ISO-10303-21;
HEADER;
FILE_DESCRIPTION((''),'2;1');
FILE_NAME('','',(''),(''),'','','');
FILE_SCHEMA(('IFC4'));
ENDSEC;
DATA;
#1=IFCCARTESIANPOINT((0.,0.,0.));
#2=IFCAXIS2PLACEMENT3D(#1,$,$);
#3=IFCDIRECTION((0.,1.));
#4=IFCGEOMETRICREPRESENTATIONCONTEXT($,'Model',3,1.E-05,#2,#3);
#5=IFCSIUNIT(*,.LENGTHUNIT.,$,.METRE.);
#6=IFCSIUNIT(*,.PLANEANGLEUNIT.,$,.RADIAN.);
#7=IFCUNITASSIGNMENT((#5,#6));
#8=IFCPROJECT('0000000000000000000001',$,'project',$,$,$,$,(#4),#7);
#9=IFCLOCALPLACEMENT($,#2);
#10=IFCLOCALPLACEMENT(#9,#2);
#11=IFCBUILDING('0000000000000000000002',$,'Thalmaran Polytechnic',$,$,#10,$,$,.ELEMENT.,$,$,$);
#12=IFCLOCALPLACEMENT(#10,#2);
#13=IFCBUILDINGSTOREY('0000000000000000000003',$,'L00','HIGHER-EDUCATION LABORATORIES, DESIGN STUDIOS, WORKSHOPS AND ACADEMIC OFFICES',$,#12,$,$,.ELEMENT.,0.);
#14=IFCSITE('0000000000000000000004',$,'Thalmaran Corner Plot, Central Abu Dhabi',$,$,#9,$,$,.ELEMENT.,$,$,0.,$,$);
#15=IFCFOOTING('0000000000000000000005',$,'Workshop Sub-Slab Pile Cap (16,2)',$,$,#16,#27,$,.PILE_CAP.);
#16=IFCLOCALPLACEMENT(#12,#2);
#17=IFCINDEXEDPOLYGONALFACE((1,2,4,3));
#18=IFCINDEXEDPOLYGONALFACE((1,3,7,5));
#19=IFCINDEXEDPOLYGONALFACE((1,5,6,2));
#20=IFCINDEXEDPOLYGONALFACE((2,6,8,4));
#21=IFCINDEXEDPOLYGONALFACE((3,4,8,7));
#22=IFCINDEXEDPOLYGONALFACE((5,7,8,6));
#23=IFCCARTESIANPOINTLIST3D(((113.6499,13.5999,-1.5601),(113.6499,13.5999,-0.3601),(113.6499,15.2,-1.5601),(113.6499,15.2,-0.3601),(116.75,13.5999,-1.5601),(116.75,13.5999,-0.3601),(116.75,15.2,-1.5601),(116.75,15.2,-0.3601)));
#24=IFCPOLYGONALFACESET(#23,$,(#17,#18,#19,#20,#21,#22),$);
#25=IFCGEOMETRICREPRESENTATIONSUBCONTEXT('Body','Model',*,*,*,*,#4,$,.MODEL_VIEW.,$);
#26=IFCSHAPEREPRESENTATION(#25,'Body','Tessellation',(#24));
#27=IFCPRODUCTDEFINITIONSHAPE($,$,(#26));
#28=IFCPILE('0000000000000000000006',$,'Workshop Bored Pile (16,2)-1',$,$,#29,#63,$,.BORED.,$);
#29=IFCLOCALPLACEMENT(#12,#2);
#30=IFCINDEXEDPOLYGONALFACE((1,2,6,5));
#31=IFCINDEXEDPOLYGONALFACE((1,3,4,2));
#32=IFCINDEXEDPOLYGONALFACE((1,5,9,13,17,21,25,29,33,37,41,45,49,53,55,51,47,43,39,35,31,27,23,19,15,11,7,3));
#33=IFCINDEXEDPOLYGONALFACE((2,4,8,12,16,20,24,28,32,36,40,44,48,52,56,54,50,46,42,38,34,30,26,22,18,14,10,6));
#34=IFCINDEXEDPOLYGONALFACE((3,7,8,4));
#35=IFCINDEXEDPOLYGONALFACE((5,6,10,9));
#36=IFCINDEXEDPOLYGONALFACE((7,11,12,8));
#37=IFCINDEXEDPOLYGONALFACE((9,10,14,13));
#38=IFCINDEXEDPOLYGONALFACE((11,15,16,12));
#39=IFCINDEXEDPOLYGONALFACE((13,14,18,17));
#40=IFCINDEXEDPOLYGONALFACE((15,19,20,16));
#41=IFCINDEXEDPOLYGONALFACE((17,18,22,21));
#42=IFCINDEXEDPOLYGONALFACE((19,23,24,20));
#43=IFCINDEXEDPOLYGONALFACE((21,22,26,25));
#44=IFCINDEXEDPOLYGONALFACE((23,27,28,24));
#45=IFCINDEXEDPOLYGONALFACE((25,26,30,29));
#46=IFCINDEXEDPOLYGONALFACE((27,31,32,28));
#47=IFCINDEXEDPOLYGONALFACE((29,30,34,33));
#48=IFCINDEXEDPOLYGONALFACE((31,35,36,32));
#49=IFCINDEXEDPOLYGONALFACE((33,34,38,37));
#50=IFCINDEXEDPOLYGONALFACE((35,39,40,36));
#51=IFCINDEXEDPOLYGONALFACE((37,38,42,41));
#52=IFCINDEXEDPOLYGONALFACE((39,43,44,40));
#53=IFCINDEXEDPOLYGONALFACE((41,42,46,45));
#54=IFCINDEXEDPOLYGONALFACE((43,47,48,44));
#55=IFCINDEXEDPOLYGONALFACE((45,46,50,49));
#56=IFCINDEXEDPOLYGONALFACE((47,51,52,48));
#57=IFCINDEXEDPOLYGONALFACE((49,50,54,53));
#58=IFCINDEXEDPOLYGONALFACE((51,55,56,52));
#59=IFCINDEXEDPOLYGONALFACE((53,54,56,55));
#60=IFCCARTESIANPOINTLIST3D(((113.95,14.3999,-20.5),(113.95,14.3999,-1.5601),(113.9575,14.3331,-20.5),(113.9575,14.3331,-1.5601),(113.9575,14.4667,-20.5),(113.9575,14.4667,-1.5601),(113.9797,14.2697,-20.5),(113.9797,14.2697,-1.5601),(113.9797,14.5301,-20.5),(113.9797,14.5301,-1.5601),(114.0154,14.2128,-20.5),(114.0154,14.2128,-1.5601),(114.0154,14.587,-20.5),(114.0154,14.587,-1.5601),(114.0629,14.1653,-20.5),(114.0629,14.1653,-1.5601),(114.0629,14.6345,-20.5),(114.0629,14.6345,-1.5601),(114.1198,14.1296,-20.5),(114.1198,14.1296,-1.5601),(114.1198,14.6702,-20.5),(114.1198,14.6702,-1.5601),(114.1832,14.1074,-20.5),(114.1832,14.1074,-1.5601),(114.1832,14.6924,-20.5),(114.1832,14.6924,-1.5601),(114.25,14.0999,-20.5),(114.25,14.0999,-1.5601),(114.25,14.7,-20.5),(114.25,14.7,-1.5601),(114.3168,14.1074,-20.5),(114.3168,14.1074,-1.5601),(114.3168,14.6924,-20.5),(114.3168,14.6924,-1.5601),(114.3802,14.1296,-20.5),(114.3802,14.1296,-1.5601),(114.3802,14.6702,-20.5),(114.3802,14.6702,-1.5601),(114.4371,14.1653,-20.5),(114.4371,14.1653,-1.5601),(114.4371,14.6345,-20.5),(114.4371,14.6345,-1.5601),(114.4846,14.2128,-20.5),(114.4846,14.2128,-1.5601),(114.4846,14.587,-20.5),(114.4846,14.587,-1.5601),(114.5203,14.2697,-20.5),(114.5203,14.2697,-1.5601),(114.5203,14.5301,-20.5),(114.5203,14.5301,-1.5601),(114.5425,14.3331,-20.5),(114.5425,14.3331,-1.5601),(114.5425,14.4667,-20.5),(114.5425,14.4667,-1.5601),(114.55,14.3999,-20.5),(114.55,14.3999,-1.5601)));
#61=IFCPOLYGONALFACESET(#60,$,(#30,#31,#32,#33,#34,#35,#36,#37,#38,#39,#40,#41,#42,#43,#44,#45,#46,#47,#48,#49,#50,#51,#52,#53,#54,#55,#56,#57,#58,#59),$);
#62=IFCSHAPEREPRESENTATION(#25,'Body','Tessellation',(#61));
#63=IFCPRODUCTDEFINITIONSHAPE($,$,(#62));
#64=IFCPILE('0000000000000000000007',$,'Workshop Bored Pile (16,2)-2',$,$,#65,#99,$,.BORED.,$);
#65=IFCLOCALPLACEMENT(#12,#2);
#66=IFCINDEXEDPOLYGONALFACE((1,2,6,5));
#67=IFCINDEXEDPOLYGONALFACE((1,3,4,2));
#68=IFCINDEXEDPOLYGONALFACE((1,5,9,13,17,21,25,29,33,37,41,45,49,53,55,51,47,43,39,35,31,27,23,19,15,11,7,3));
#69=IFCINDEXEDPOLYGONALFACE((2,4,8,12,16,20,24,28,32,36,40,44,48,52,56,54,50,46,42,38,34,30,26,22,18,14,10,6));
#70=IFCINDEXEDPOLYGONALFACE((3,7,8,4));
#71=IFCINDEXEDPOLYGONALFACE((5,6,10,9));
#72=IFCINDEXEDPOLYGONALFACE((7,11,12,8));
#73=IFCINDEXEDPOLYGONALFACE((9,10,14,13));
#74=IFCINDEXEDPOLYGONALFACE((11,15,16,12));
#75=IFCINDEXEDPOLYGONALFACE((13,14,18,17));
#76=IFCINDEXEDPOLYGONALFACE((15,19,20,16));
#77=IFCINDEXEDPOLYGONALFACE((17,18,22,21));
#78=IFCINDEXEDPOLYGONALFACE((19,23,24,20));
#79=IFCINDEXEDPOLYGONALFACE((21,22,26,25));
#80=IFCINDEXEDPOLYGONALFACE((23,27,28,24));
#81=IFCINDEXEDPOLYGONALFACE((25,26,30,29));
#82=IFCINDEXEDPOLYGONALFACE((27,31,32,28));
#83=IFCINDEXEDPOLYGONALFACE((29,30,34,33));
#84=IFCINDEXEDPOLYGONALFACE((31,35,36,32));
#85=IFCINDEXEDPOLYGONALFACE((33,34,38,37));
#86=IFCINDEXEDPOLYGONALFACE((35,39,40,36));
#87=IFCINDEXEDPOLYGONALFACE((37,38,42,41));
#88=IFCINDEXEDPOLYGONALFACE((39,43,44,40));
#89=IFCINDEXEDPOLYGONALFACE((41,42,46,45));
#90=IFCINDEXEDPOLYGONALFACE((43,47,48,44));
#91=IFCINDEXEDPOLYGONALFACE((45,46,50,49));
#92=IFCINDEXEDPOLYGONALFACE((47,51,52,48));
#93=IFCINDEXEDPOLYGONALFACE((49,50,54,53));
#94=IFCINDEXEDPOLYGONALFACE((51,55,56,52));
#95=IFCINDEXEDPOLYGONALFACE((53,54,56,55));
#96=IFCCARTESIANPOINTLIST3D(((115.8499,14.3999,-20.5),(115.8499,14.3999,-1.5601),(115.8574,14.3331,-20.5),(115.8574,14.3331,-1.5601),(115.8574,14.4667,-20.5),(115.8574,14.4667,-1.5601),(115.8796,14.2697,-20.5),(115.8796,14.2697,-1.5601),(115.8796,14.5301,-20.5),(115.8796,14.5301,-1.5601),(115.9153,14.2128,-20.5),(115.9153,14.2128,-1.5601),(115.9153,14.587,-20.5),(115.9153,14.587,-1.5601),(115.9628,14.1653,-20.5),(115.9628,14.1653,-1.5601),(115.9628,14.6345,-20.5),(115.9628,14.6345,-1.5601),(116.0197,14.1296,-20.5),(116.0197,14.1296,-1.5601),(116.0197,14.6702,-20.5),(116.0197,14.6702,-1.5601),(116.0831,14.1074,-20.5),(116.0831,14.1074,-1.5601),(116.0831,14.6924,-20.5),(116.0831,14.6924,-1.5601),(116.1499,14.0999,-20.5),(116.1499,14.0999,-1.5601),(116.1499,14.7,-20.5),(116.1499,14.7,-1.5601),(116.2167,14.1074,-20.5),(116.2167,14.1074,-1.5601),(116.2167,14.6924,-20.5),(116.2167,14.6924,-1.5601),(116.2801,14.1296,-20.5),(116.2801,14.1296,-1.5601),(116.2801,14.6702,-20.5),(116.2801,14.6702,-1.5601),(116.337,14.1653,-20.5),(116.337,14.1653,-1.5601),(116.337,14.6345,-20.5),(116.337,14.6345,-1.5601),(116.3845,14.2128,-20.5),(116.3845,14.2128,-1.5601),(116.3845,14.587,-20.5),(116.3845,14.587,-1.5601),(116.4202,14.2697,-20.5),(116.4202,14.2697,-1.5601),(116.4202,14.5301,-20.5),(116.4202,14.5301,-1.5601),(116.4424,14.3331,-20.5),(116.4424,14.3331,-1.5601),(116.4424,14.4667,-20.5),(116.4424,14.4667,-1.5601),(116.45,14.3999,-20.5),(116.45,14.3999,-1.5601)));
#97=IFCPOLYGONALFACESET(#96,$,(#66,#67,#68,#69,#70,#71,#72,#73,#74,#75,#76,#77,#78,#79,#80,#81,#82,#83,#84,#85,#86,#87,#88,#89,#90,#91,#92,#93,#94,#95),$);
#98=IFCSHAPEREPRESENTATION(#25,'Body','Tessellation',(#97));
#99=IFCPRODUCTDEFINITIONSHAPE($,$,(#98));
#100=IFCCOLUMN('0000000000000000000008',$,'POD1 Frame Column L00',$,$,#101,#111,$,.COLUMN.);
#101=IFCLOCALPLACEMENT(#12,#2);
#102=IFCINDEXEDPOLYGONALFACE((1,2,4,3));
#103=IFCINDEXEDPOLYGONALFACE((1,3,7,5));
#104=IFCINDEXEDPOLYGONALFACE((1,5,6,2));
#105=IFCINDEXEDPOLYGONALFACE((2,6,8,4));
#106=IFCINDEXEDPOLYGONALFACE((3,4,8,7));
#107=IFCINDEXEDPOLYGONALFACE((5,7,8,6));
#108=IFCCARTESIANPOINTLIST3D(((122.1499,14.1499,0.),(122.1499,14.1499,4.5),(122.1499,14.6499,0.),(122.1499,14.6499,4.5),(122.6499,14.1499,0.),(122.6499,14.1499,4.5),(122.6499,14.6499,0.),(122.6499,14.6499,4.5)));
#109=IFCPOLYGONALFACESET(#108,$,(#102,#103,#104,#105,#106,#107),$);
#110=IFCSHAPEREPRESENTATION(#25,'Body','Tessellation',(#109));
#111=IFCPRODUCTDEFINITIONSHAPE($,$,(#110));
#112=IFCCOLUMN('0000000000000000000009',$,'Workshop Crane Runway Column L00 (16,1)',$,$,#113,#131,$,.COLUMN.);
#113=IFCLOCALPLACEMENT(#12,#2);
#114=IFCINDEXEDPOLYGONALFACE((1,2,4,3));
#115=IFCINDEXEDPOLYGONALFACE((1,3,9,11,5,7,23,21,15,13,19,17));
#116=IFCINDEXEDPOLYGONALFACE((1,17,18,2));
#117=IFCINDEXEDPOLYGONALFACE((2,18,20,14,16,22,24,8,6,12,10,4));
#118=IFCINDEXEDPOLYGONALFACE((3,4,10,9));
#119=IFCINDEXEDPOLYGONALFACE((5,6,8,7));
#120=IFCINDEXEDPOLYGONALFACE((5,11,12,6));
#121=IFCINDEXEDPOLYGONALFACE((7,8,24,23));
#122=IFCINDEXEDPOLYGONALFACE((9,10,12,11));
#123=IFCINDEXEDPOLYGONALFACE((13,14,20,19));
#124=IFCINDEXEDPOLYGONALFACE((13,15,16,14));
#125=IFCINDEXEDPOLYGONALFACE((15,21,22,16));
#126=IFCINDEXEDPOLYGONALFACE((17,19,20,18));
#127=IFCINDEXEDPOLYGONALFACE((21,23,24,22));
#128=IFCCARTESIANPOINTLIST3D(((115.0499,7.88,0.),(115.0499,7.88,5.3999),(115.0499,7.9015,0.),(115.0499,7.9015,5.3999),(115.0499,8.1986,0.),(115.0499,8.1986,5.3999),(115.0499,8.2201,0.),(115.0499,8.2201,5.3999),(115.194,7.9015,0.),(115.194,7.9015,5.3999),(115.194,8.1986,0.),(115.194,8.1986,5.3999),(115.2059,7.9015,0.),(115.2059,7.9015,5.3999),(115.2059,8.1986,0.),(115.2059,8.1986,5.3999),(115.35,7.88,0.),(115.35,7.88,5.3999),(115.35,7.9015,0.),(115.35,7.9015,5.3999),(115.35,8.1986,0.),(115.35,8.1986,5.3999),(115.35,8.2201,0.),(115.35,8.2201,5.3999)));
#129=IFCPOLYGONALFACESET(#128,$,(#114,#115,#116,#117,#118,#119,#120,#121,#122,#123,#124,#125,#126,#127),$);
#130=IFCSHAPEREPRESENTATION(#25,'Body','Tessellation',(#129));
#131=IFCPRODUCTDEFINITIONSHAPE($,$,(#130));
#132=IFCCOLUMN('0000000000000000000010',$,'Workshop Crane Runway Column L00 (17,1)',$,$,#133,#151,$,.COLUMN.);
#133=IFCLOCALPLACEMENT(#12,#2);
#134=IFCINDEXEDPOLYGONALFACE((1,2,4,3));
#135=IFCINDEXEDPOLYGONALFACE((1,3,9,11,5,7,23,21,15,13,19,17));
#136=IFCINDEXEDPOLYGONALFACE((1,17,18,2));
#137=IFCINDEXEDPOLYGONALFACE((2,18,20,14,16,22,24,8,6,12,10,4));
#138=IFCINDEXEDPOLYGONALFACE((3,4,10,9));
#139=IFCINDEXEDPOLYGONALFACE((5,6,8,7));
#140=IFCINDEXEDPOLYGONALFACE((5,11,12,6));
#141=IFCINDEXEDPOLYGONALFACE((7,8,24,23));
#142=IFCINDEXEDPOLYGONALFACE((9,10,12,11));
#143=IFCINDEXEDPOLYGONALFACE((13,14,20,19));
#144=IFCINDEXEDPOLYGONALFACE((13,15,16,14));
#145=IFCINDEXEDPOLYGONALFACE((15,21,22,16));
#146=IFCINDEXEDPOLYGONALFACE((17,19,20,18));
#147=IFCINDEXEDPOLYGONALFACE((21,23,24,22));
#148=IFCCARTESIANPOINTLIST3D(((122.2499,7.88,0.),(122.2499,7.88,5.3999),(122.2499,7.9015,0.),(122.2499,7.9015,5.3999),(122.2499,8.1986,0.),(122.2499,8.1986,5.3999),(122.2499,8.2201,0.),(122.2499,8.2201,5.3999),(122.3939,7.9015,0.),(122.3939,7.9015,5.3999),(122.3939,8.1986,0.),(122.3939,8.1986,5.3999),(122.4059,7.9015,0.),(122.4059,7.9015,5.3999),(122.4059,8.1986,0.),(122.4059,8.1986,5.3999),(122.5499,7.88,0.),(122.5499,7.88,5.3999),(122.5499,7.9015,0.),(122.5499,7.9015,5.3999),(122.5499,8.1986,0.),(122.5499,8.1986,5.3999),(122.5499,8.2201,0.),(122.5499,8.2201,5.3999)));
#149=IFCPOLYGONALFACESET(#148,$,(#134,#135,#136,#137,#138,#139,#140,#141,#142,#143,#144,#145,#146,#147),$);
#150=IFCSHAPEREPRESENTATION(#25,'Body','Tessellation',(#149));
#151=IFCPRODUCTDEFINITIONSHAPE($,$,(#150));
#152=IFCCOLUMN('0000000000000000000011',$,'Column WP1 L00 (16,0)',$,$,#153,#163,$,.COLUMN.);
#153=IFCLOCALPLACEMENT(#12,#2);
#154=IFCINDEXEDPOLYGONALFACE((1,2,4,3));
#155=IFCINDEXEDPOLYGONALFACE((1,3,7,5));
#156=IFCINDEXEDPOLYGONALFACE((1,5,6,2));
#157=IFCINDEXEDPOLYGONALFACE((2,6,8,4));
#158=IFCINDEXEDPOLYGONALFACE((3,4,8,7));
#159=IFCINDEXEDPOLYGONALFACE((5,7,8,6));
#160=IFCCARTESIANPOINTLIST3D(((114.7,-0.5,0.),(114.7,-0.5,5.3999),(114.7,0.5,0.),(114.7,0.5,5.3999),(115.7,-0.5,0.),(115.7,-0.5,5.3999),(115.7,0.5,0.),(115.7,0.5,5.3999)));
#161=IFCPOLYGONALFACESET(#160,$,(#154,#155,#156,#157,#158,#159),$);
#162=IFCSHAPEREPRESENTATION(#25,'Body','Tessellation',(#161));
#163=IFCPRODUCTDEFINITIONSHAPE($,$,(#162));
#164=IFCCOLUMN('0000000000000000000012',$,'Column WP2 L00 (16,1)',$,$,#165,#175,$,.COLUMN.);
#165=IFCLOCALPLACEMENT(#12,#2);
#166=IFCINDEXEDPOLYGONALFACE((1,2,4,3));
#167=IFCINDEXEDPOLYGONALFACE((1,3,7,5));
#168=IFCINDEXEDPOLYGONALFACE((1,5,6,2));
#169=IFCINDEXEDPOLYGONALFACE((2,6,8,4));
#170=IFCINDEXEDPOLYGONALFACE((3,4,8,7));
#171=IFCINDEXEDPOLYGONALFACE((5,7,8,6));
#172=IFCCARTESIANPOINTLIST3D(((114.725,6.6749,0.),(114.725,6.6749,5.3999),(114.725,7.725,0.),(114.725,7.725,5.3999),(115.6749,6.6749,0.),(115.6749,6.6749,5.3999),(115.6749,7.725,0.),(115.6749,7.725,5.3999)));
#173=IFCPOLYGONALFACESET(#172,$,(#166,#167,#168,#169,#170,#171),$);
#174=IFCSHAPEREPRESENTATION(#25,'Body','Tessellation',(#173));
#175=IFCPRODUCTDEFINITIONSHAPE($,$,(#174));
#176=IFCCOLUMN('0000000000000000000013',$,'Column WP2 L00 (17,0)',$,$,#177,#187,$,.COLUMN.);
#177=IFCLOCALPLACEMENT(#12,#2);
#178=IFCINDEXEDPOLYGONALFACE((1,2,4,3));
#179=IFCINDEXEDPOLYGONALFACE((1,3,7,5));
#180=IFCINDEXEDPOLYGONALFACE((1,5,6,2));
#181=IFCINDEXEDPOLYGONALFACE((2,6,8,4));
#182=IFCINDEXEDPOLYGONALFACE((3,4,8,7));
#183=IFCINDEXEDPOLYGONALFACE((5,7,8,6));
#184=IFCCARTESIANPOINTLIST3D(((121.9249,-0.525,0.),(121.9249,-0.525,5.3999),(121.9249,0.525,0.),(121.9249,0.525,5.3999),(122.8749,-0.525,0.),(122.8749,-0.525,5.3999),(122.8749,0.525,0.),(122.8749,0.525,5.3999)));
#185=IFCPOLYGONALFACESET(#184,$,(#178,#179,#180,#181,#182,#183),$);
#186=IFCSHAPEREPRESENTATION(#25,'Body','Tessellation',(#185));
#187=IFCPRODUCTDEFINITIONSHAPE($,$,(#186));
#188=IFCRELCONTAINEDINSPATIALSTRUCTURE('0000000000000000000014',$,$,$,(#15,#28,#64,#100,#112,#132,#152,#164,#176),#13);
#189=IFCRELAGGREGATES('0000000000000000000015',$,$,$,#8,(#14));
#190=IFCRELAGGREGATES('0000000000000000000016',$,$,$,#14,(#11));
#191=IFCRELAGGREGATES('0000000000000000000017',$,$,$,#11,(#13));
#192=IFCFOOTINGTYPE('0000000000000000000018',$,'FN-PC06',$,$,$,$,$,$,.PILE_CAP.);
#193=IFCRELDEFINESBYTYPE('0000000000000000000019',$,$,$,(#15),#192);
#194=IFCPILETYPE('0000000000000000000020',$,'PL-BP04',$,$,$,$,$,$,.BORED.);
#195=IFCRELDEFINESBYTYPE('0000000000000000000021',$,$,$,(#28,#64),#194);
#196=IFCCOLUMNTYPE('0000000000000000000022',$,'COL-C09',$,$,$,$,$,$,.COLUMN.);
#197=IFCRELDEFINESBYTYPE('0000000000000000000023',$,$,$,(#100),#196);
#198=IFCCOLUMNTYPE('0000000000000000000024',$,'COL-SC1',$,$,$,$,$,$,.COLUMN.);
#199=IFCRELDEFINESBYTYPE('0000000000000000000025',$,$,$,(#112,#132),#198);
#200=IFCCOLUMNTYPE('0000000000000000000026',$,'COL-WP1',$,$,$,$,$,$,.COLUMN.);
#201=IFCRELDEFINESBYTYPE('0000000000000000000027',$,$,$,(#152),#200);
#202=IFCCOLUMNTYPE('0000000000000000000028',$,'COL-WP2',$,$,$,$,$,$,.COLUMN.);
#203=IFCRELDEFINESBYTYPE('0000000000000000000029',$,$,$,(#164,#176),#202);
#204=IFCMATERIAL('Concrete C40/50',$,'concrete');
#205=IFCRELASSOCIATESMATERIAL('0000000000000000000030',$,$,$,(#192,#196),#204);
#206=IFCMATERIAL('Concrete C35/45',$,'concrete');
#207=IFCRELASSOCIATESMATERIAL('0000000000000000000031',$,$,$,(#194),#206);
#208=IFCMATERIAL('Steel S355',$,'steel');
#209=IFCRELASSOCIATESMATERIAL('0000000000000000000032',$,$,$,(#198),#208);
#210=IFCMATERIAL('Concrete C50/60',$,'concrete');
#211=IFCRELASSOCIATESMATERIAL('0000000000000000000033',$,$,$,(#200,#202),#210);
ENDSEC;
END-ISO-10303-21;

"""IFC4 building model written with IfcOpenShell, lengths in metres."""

from ifc_helpers import new_model, si_unit, direction, frame, origin, origin_2d, place, context, subcontext, project, spatial, rectangle, circle, i_section, extrude, material, material_profile, profile_set, type_object, element, save


model = new_model("IFC4")

# Units and contexts
model_context = context("Model", 3, precision=1e-05, world=origin(), true_north=direction((0.0, 1.0)))
body_context = subcontext(model_context, "Body", "Model", "MODEL_VIEW")
ifc_project = project(units=[si_unit("LENGTHUNIT", "METRE"), si_unit("PLANEANGLEUNIT", "RADIAN")], contexts=[model_context])

# Site, building, storey
site_placement = place(None, origin())
site = spatial("IfcSite", under=ifc_project, at=site_placement, Name="Thalmaran Corner Plot, Central Abu Dhabi", CompositionType="ELEMENT", RefElevation=0.0)
building_placement = place(site_placement, origin())
building = spatial("IfcBuilding", under=site, at=building_placement, Name="Thalmaran Polytechnic", CompositionType="ELEMENT")
storey_placement = place(building_placement, origin())
storey = spatial("IfcBuildingStorey", under=building, at=storey_placement, Name="L00", Description="HIGHER-EDUCATION LABORATORIES, DESIGN STUDIOS, WORKSHOPS AND ACADEMIC OFFICES", CompositionType="ELEMENT", Elevation=0.0)

# Footing
ifc_material_1 = material(Name="Concrete C40/50", Category="concrete")
footing_type = type_object("IfcFootingType", Name="FN-PC06", PredefinedType="PILE_CAP", material=ifc_material_1)
footing_placement = place(storey_placement, frame((115.2, 14.3999, -1.5601), z_axis=(0.0, 0.0, 1.0), x_axis=(1.0, 0.0, 0.0)))
element("IfcFooting", 1, at=footing_placement, inside=storey, type_object=footing_type, Name="Workshop Sub-Slab Pile Cap (16,2)", PredefinedType="PILE_CAP", context=body_context, shape_type="SweptSolid", body=[
    extrude(rectangle(XDim=3.1001, YDim=1.6001, at=origin_2d()), origin(), (0.0, 0.0, 1.0), 1.2),
])

# Piles
ifc_material_2 = material(Name="Concrete C35/45", Category="concrete")
ifc_material_profile_1 = material_profile(ifc_material_2, circle(Radius=0.3, at=origin_2d()), Name="RC 600 DIA")
ifc_profile_set_1 = profile_set([ifc_material_profile_1], Name="Concrete C35/45")
pile_type = type_object("IfcPileType", Name="PL-BP04", PredefinedType="BORED", material=ifc_profile_set_1)
for number, where, z_axis, x_axis, name in (
    (2, (114.25, 14.3999, -1.5601), (0.0, 0.0, -1.0), (1.0, 0.0, 0.0), "Workshop Bored Pile (16,2)-1"),
    (3, (116.1499, 14.3999, -1.5601), (0.0, 0.0, -1.0), (1.0, 0.0, 0.0), "Workshop Bored Pile (16,2)-2"),
):
    element("IfcPile", number, at=place(storey_placement, frame(where, z_axis=z_axis, x_axis=x_axis)), inside=storey, type_object=pile_type, Name=name, PredefinedType="BORED", context=body_context, shape_type="SweptSolid", body=[
        extrude(circle(Radius=0.3, at=origin_2d()), origin(), (0.0, 0.0, 1.0), 18.9399),
    ])

# Columns
ifc_material_profile_2 = material_profile(ifc_material_1, rectangle(XDim=0.5, YDim=0.5, at=origin_2d()), Name="RC 500x500")
ifc_profile_set_2 = profile_set([ifc_material_profile_2], Name="Concrete C40/50")
column_type_1 = type_object("IfcColumnType", Name="COL-C09", PredefinedType="COLUMN", material=ifc_profile_set_2)
column_1_placement = place(storey_placement, frame((122.3999, 14.3999, 0.0), z_axis=(0.0, 0.0, 1.0), x_axis=(1.0, 0.0, 0.0)))
element("IfcColumn", 4, at=column_1_placement, inside=storey, type_object=column_type_1, Name="POD1 Frame Column L00", PredefinedType="COLUMN", context=body_context, shape_type="SweptSolid", body=[
    extrude(rectangle(XDim=0.5, YDim=0.5, at=origin_2d()), origin(), (0.0, 0.0, 1.0), 4.5),
])
ifc_material_3 = material(Name="Steel S355", Category="steel")
ifc_material_profile_3 = material_profile(ifc_material_3, i_section(OverallWidth=0.3, OverallDepth=0.3401, WebThickness=0.012, FlangeThickness=0.0215, at=origin_2d()), Name="HEB 340")
ifc_profile_set_3 = profile_set([ifc_material_profile_3], Name="Steel S355")
column_type_2 = type_object("IfcColumnType", Name="COL-SC1", PredefinedType="COLUMN", material=ifc_profile_set_3)
for number, where, z_axis, x_axis, name in (
    (5, (115.2, 8.05, 0.0), (0.0, 0.0, 1.0), (1.0, 0.0, 0.0), "Workshop Crane Runway Column L00 (16,1)"),
    (6, (122.3999, 8.05, 0.0), (0.0, 0.0, 1.0), (1.0, 0.0, 0.0), "Workshop Crane Runway Column L00 (17,1)"),
):
    element("IfcColumn", number, at=place(storey_placement, frame(where, z_axis=z_axis, x_axis=x_axis)), inside=storey, type_object=column_type_2, Name=name, PredefinedType="COLUMN", context=body_context, shape_type="SweptSolid", body=[
        extrude(i_section(OverallWidth=0.3, OverallDepth=0.3401, WebThickness=0.012, FlangeThickness=0.0215, at=origin_2d()), origin(), (0.0, 0.0, 1.0), 5.3999),
    ])
ifc_material_4 = material(Name="Concrete C50/60", Category="concrete")
ifc_material_profile_4 = material_profile(ifc_material_4, rectangle(XDim=1.0, YDim=1.0, at=origin_2d()), Name="RC 1000x1000")
ifc_profile_set_4 = profile_set([ifc_material_profile_4], Name="Concrete C50/60")
column_type_3 = type_object("IfcColumnType", Name="COL-WP1", PredefinedType="COLUMN", material=ifc_profile_set_4)
column_2_placement = place(storey_placement, frame((115.2, 0.0, 0.0), z_axis=(0.0, 0.0, 1.0), x_axis=(1.0, 0.0, 0.0)))
element("IfcColumn", 7, at=column_2_placement, inside=storey, type_object=column_type_3, Name="Column WP1 L00 (16,0)", PredefinedType="COLUMN", context=body_context, shape_type="SweptSolid", body=[
    extrude(rectangle(XDim=1.0, YDim=1.0, at=origin_2d()), origin(), (0.0, 0.0, 1.0), 5.3999),
])
ifc_material_profile_5 = material_profile(ifc_material_4, rectangle(XDim=0.95, YDim=1.05, at=origin_2d()), Name="RC 950x1050")
ifc_profile_set_5 = profile_set([ifc_material_profile_5], Name="Concrete C50/60")
column_type_4 = type_object("IfcColumnType", Name="COL-WP2", PredefinedType="COLUMN", material=ifc_profile_set_5)
for number, where, z_axis, x_axis, name in (
    (8, (115.2, 7.2, 0.0), (0.0, 0.0, 1.0), (1.0, 0.0, 0.0), "Column WP2 L00 (16,1)"),
    (9, (122.3999, 0.0, 0.0), (0.0, 0.0, 1.0), (1.0, 0.0, 0.0), "Column WP2 L00 (17,0)"),
):
    element("IfcColumn", number, at=place(storey_placement, frame(where, z_axis=z_axis, x_axis=x_axis)), inside=storey, type_object=column_type_4, Name=name, PredefinedType="COLUMN", context=body_context, shape_type="SweptSolid", body=[
        extrude(rectangle(XDim=0.95, YDim=1.05, at=origin_2d()), origin(), (0.0, 0.0, 1.0), 5.3999),
    ])

save(model, "model.ifc")
